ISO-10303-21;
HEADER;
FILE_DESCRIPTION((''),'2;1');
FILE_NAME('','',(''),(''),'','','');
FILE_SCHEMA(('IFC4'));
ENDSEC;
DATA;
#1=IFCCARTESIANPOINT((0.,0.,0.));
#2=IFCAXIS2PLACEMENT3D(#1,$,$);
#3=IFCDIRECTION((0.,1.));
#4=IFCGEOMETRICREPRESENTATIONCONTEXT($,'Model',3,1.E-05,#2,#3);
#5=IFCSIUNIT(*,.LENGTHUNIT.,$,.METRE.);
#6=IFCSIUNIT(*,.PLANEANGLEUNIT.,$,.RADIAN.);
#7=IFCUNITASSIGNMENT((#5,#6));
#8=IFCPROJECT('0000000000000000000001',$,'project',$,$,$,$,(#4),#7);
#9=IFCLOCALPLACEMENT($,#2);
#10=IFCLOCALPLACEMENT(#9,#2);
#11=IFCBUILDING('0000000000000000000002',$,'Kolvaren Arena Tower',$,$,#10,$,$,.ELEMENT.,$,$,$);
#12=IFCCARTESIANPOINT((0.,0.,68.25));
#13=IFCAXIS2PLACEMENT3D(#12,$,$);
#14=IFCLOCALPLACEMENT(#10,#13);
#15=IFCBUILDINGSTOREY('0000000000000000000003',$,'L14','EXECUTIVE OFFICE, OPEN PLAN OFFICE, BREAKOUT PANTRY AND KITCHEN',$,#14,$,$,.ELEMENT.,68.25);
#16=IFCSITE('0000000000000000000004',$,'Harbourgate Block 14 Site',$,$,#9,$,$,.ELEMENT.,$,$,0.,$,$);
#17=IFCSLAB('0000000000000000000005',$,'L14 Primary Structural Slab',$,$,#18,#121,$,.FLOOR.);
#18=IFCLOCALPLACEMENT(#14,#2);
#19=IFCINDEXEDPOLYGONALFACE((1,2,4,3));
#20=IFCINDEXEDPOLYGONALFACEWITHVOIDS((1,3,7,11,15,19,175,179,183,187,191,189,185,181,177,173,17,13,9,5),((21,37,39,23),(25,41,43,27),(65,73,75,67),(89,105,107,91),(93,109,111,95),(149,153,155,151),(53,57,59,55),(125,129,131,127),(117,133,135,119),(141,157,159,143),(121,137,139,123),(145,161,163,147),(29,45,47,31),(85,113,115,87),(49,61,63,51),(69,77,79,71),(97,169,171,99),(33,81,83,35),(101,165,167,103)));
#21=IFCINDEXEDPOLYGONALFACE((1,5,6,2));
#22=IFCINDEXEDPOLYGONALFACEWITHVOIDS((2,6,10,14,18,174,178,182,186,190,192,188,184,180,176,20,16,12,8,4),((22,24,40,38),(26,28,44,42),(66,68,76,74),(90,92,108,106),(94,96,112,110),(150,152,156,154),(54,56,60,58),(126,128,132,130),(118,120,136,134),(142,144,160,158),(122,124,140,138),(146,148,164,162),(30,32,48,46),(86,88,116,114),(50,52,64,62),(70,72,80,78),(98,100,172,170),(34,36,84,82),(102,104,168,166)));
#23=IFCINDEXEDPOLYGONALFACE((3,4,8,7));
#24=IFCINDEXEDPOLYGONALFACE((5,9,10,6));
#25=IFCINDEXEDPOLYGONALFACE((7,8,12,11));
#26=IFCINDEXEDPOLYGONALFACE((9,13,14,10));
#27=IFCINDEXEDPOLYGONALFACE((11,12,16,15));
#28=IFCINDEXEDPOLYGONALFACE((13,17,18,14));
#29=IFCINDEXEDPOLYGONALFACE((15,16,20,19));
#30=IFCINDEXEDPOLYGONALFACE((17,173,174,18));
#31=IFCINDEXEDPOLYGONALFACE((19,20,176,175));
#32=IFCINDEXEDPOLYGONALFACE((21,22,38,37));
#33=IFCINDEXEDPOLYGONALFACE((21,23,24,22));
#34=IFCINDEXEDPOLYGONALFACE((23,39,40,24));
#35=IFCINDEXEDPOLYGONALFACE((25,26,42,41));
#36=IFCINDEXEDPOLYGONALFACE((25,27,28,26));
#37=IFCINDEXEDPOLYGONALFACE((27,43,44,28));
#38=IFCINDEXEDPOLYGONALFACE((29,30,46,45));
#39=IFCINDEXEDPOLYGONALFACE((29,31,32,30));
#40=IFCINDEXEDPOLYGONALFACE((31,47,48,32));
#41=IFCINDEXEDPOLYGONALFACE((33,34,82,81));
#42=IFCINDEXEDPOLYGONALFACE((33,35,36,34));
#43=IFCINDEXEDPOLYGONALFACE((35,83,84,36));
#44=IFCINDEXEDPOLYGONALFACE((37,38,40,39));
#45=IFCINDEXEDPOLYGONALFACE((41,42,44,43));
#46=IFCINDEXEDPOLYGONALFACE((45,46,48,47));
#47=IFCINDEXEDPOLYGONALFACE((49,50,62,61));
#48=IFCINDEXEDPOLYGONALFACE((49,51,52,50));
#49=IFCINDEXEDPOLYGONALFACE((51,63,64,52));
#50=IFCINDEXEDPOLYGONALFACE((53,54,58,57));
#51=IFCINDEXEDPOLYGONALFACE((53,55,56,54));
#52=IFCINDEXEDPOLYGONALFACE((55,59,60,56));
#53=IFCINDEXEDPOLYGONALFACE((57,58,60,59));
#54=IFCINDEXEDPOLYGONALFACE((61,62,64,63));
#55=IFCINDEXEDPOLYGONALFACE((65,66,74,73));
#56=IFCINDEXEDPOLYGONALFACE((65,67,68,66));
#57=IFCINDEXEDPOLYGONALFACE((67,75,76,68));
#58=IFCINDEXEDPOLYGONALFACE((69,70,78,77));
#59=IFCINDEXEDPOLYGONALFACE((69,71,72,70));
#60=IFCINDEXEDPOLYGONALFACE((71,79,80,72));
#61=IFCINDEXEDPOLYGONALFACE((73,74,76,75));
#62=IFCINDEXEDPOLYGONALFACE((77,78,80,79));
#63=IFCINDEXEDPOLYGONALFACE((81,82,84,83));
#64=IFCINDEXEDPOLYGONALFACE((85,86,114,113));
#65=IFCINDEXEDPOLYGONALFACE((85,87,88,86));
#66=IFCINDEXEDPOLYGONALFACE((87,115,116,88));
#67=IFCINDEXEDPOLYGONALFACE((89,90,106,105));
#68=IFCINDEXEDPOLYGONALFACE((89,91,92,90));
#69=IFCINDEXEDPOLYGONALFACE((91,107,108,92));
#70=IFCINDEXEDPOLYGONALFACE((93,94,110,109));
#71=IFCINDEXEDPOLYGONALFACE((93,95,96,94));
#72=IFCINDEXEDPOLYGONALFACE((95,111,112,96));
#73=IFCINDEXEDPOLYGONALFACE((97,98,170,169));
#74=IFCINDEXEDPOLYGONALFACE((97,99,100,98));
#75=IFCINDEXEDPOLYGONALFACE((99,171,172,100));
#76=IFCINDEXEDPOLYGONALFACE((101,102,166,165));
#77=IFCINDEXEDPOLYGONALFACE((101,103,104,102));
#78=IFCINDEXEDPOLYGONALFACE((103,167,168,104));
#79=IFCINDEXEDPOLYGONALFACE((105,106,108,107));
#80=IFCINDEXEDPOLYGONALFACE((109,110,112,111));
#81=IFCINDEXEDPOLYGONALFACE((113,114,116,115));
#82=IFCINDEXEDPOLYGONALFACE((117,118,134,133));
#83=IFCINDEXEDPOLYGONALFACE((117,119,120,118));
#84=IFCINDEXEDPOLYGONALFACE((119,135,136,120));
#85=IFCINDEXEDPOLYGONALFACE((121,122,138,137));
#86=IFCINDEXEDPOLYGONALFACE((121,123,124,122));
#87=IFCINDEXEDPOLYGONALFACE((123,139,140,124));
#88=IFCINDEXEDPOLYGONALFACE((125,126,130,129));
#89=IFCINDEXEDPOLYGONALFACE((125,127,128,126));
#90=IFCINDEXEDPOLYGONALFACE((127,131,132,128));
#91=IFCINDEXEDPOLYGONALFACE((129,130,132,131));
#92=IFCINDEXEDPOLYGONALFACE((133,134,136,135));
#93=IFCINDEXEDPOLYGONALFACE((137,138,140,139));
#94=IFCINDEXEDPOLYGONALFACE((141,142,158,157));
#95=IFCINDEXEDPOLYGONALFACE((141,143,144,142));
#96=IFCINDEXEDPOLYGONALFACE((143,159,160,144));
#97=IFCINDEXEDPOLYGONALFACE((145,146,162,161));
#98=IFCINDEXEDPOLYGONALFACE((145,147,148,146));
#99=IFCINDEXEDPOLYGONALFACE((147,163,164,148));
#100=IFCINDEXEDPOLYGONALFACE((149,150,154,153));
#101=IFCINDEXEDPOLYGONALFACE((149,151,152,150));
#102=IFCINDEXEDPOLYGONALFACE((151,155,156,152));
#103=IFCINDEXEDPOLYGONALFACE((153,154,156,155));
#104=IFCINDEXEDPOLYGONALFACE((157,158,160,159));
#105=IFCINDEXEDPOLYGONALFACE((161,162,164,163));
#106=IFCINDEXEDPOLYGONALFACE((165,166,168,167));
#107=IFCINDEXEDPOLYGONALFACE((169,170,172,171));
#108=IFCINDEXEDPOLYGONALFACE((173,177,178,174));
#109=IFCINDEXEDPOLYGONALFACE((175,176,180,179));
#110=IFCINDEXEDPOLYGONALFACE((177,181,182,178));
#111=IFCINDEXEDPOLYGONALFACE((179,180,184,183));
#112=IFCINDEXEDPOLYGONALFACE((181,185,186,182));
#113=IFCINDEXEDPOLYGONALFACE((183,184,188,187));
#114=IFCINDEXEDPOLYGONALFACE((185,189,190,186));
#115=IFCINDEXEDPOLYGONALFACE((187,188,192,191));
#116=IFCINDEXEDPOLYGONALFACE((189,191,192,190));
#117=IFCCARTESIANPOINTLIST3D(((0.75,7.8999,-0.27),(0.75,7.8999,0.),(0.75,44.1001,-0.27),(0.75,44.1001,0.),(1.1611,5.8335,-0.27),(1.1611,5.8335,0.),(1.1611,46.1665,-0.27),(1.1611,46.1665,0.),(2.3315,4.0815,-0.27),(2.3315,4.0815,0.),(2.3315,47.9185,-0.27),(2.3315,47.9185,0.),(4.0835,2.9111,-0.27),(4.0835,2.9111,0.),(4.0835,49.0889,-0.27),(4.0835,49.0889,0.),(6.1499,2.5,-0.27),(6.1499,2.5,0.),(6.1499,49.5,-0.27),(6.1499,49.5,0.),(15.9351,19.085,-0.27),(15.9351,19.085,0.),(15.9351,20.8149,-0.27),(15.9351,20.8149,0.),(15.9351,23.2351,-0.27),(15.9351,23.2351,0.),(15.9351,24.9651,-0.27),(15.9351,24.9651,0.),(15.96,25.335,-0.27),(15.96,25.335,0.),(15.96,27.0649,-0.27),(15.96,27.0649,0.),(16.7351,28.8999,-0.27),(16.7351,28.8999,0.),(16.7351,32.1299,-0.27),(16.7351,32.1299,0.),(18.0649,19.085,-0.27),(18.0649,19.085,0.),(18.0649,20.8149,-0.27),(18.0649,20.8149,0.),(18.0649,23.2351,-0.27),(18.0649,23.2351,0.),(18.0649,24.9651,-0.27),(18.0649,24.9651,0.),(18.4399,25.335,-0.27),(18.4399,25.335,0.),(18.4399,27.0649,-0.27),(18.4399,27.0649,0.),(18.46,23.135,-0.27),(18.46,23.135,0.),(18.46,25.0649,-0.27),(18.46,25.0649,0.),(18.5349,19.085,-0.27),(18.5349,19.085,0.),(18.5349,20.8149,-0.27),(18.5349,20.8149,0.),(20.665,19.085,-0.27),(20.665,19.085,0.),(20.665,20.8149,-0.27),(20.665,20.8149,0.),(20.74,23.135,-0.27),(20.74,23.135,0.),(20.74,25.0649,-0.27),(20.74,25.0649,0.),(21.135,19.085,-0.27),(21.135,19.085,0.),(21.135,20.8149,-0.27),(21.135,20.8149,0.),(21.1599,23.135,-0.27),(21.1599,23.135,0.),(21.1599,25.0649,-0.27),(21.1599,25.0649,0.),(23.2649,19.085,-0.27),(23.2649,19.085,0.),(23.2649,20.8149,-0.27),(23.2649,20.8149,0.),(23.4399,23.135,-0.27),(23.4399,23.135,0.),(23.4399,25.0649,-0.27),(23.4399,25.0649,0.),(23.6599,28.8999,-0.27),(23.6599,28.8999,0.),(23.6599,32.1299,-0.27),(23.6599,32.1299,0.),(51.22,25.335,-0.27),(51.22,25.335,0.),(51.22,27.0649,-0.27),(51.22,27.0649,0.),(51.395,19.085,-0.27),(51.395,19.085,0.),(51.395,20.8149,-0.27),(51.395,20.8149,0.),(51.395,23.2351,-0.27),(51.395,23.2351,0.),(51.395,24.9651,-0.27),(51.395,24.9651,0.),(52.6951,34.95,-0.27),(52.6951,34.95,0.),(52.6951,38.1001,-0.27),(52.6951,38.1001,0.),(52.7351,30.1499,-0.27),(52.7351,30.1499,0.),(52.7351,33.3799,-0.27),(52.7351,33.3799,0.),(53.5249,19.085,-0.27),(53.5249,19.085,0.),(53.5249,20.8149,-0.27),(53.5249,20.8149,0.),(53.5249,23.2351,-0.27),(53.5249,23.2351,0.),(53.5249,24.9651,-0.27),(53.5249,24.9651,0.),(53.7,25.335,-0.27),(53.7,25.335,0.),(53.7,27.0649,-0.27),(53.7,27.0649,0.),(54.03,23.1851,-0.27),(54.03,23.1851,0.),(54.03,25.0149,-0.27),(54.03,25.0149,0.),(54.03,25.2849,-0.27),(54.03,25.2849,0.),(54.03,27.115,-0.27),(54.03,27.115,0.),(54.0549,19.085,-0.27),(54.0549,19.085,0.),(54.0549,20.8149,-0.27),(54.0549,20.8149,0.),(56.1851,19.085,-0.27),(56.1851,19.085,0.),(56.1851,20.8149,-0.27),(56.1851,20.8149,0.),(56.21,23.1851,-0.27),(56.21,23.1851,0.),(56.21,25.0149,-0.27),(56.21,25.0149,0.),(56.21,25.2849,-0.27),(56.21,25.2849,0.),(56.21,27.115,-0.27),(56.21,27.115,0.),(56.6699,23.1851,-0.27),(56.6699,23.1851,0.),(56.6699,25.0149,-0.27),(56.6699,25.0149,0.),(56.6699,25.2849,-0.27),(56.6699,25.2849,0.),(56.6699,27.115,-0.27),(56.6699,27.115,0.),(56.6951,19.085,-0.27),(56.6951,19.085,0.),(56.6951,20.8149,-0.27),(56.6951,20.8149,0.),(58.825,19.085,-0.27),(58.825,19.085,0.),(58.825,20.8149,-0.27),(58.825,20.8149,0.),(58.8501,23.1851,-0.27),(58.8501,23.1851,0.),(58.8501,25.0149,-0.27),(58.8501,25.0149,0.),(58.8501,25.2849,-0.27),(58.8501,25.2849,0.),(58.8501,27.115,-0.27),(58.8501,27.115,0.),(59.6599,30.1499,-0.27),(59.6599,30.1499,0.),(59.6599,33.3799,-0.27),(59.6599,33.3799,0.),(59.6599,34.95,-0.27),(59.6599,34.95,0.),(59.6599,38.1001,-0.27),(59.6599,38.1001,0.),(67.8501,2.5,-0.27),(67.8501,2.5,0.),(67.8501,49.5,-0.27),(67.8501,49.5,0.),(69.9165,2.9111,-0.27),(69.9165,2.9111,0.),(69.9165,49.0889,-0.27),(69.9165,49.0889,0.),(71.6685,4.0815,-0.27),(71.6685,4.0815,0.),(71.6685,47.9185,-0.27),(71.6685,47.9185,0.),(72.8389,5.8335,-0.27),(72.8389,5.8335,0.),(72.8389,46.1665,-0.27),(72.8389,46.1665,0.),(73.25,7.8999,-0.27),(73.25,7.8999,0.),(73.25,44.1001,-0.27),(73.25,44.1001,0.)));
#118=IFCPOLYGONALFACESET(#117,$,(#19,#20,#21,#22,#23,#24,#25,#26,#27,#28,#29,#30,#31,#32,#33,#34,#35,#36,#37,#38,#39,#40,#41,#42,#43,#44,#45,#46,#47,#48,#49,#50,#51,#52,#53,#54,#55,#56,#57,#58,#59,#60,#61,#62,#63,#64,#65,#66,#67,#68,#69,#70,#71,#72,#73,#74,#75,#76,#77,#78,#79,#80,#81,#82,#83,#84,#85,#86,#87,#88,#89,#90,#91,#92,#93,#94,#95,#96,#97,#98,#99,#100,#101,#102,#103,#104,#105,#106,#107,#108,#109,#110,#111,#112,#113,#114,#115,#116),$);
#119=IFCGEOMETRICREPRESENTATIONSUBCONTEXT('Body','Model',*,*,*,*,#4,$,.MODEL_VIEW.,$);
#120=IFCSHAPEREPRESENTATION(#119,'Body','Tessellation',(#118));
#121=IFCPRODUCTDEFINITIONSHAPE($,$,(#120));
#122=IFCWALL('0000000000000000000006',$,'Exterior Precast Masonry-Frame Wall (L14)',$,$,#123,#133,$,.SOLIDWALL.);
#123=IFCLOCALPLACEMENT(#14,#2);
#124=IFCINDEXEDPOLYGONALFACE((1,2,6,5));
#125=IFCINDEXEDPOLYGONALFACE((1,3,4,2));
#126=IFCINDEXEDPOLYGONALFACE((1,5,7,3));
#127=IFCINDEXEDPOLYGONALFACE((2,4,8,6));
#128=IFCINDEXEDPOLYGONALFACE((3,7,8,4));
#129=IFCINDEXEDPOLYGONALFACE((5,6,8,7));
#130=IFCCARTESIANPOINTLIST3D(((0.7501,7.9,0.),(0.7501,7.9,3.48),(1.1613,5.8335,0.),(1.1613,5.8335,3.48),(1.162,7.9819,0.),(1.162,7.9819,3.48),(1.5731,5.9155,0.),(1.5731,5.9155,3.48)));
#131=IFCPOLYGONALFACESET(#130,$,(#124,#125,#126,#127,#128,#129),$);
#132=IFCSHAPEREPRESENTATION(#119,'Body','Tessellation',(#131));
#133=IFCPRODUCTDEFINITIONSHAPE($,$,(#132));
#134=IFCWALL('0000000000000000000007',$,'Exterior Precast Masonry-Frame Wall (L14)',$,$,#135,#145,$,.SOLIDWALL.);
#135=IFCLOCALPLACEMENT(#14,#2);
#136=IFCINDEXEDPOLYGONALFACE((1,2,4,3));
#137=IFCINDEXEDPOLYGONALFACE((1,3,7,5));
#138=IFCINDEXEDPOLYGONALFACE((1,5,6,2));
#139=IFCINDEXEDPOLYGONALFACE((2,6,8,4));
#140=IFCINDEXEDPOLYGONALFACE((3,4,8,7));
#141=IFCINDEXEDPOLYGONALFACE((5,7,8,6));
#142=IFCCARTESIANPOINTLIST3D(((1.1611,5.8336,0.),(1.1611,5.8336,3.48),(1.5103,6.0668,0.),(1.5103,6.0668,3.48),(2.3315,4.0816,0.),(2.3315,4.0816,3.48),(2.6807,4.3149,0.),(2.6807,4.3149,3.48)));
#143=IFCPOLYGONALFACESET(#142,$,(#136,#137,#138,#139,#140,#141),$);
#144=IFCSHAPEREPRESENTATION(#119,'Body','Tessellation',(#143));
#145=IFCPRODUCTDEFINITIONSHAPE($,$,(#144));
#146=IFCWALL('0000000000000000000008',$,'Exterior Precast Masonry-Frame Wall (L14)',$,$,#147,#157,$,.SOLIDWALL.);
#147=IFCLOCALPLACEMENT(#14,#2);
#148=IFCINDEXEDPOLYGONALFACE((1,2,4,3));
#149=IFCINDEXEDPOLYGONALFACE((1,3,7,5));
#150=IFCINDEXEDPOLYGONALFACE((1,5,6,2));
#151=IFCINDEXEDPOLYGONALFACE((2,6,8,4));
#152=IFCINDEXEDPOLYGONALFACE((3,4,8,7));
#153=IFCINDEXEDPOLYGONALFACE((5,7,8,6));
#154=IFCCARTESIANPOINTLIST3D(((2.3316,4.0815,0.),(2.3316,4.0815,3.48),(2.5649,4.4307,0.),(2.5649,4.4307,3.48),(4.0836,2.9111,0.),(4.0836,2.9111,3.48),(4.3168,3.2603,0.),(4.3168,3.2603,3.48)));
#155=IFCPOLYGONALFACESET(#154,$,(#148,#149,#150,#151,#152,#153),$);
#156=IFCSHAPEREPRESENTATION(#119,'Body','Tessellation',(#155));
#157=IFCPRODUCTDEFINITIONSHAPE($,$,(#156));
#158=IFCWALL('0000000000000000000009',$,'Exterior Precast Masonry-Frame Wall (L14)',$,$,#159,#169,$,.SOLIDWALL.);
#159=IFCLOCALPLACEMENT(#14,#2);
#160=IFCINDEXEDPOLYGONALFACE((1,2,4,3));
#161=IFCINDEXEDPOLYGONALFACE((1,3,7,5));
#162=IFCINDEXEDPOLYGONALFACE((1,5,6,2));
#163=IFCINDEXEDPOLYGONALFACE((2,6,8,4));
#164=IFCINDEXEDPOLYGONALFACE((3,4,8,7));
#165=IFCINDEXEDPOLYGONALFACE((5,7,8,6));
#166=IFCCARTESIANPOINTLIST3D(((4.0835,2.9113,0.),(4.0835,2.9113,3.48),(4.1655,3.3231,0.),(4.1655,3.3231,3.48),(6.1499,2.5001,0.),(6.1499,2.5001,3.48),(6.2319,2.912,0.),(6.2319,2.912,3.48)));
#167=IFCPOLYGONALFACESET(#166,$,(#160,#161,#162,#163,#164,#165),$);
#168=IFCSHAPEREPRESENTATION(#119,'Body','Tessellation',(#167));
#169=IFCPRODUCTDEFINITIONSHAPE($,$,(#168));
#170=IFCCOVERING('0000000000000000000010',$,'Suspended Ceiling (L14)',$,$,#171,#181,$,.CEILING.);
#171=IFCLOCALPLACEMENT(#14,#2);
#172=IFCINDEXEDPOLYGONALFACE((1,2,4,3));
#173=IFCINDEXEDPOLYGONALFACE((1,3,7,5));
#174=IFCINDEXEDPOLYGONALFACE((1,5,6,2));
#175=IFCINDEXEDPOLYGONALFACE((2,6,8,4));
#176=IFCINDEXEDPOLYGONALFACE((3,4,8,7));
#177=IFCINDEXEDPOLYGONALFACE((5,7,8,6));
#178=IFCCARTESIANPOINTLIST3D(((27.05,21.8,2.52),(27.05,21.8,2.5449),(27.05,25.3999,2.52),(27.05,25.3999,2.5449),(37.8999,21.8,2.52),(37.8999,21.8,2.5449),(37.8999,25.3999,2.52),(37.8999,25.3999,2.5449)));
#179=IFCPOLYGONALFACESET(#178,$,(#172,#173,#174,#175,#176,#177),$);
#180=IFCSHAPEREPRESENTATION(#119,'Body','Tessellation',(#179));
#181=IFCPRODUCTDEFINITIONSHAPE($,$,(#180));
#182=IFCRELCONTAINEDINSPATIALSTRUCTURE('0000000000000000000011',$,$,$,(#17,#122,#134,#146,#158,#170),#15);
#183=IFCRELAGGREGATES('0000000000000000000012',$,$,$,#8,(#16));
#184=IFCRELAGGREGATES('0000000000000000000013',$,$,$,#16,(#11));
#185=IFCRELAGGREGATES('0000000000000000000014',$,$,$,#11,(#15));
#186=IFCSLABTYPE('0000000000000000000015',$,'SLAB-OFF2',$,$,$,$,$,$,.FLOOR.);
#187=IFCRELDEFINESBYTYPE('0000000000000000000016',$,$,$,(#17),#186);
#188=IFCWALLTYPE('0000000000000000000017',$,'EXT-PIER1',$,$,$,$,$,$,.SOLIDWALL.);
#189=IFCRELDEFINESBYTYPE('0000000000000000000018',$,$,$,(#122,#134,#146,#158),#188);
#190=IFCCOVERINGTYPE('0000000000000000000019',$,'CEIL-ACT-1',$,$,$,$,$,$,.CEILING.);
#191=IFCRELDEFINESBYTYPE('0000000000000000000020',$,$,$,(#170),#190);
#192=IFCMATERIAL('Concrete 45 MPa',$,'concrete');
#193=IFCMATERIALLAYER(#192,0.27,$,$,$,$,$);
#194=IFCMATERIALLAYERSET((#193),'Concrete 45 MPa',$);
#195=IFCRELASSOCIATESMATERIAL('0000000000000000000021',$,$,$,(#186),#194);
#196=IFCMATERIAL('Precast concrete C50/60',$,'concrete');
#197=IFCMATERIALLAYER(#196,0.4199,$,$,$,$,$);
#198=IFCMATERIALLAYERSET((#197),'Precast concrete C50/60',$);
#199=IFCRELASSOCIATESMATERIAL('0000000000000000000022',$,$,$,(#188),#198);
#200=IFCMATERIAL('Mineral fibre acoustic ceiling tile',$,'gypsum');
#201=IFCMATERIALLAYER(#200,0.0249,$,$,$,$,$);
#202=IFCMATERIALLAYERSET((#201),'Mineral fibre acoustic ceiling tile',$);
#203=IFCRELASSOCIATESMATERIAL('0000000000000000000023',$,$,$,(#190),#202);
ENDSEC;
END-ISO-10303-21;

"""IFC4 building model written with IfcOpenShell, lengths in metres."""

from ifc_helpers import new_model, si_unit, direction, frame, frame_2d, origin, place, context, subcontext, project, spatial, polyline, rectangle, outline, extrude, material, layer, layer_set, type_object, element, save


model = new_model("IFC4")

# Units and contexts
model_context = context("Model", 3, precision=1e-05, world=origin(), true_north=direction((0.0, 1.0)))
body_context = subcontext(model_context, "Body", "Model", "MODEL_VIEW")
ifc_project = project(units=[si_unit("LENGTHUNIT", "METRE"), si_unit("PLANEANGLEUNIT", "RADIAN")], contexts=[model_context])

# Site, building, storey
site_placement = place(None, origin())
site = spatial("IfcSite", under=ifc_project, at=site_placement, Name="Harbourgate Block 14 Site", CompositionType="ELEMENT", RefElevation=0.0)
building_placement = place(site_placement, origin())
building = spatial("IfcBuilding", under=site, at=building_placement, Name="Kolvaren Arena Tower", CompositionType="ELEMENT")
storey_placement = place(building_placement, frame((0.0, 0.0, 68.25)))
storey = spatial("IfcBuildingStorey", under=building, at=storey_placement, Name="L14", Description="EXECUTIVE OFFICE, OPEN PLAN OFFICE, BREAKOUT PANTRY AND KITCHEN", CompositionType="ELEMENT", Elevation=68.25)

# Shared definitions
ifc_material_1 = material(Name="Concrete 45 MPa", Category="concrete")

# Slab
ifc_layer_1 = layer(ifc_material_1, 0.27)
ifc_layer_set_1 = layer_set([ifc_layer_1], Name="Concrete 45 MPa")
slab_type_1 = type_object("IfcSlabType", Name="SLAB-OFF2", PredefinedType="FLOOR", material=ifc_layer_set_1)
slab_1_placement = place(storey_placement, frame((0.0, 0.0, -0.27)))
element("IfcSlab", 1, at=slab_1_placement, inside=storey, type_object=slab_type_1, Name="L14 Primary Structural Slab", PredefinedType="FLOOR", context=body_context, shape_type="SweptSolid", body=[
    extrude(outline(polyline([(67.8501, 2.5), (69.9165, 2.9111), (71.6685, 4.0815), (72.8389, 5.8335), (73.25, 7.8999), (73.25, 44.1001), (72.8389, 46.1665), (71.6685, 47.9185), (69.9165, 49.0889), (67.8501, 49.5), (6.1499, 49.5), (4.0835, 49.0889), (2.3315, 47.9185), (1.1611, 46.1665), (0.75, 44.1001), (0.75, 7.8999), (1.1611, 5.8335), (2.3315, 4.0815), (4.0835, 2.9111), (6.1499, 2.5), (67.8501, 2.5)]), holes=[polyline([(15.9351, 19.085), (15.9351, 20.8149), (18.0649, 20.8149), (18.0649, 19.085), (15.9351, 19.085)]), polyline([(18.5349, 19.085), (18.5349, 20.8149), (20.665, 20.8149), (20.665, 19.085), (18.5349, 19.085)]), polyline([(21.135, 19.085), (21.135, 20.8149), (23.2649, 20.8149), (23.2649, 19.085), (21.135, 19.085)]), polyline([(51.395, 19.085), (51.395, 20.8149), (53.5249, 20.8149), (53.5249, 19.085), (51.395, 19.085)]), polyline([(54.0549, 19.085), (54.0549, 20.8149), (56.1851, 20.8149), (56.1851, 19.085), (54.0549, 19.085)]), polyline([(56.6951, 19.085), (56.6951, 20.8149), (58.825, 20.8149), (58.825, 19.085), (56.6951, 19.085)]), polyline([(18.46, 23.135), (18.46, 25.0649), (20.74, 25.0649), (20.74, 23.135), (18.46, 23.135)]), polyline([(21.1599, 23.135), (21.1599, 25.0649), (23.4399, 25.0649), (23.4399, 23.135), (21.1599, 23.135)]), polyline([(54.03, 25.0149), (56.21, 25.0149), (56.21, 23.1851), (54.03, 23.1851), (54.03, 25.0149)]), polyline([(56.6699, 25.0149), (58.8501, 25.0149), (58.8501, 23.1851), (56.6699, 23.1851), (56.6699, 25.0149)]), polyline([(15.9351, 23.2351), (15.9351, 24.9651), (18.0649, 24.9651), (18.0649, 23.2351), (15.9351, 23.2351)]), polyline([(51.395, 24.9651), (53.5249, 24.9651), (53.5249, 23.2351), (51.395, 23.2351), (51.395, 24.9651)]), polyline([(54.03, 25.2849), (54.03, 27.115), (56.21, 27.115), (56.21, 25.2849), (54.03, 25.2849)]), polyline([(56.6699, 25.2849), (56.6699, 27.115), (58.8501, 27.115), (58.8501, 25.2849), (56.6699, 25.2849)]), polyline([(15.96, 27.0649), (18.4399, 27.0649), (18.4399, 25.335), (15.96, 25.335), (15.96, 27.0649)]), polyline([(51.22, 25.335), (51.22, 27.0649), (53.7, 27.0649), (53.7, 25.335), (51.22, 25.335)]), polyline([(16.7351, 28.8999), (16.7351, 32.1299), (23.6599, 32.1299), (23.6599, 28.8999), (16.7351, 28.8999)]), polyline([(52.7351, 33.3799), (59.6599, 33.3799), (59.6599, 30.1499), (52.7351, 30.1499), (52.7351, 33.3799)]), polyline([(52.6951, 38.1001), (59.6599, 38.1001), (59.6599, 34.95), (52.6951, 34.95), (52.6951, 38.1001)])]), origin(), (0.0, 0.0, 1.0), 0.27),
])

# Walls
ifc_material_2 = material(Name="Precast concrete C50/60", Category="concrete")
ifc_layer_2 = layer(ifc_material_2, 0.4199)
ifc_layer_set_2 = layer_set([ifc_layer_2], Name="Precast concrete C50/60")
wall_type = type_object("IfcWallType", Name="EXT-PIER1", PredefinedType="SOLIDWALL", material=ifc_layer_set_2)
for number, where, z_axis, x_axis, name in (
    (2, (1.3672, 5.8745, 0.0), (0.0, 0.0, 1.0), (-0.195136, 0.980776, 0.0), "Exterior Precast Masonry-Frame Wall (L14)"),
    (3, (2.5061, 4.1982, 0.0), (0.0, 0.0, 1.0), (-0.555502, 0.831515, 0.0), "Exterior Precast Masonry-Frame Wall (L14)"),
    (4, (4.2002, 3.0857, 0.0), (0.0, 0.0, 1.0), (-0.831515, 0.555502, 0.0), "Exterior Precast Masonry-Frame Wall (L14)"),
    (5, (6.1909, 2.7061, 0.0), (0.0, 0.0, 1.0), (-0.980776, 0.195136, 0.0), "Exterior Precast Masonry-Frame Wall (L14)"),
):
    element("IfcWall", number, at=place(storey_placement, frame(where, z_axis=z_axis, x_axis=x_axis)), inside=storey, type_object=wall_type, Name=name, PredefinedType="SOLIDWALL", context=body_context, shape_type="SweptSolid", body=[
        extrude(rectangle(XDim=2.1069, YDim=0.4199, at=frame_2d((1.0535, 0.0))), origin(), (0.0, 0.0, 1.0), 3.48),
    ])

# Covering
ifc_material_3 = material(Name="Mineral fibre acoustic ceiling tile", Category="gypsum")
ifc_layer_3 = layer(ifc_material_3, 0.0249)
ifc_layer_set_3 = layer_set([ifc_layer_3], Name="Mineral fibre acoustic ceiling tile")
covering_type_1 = type_object("IfcCoveringType", Name="CEIL-ACT-1", PredefinedType="CEILING", material=ifc_layer_set_3)
covering_1_placement = place(storey_placement, frame((0.0, 0.0, 2.52)))
element("IfcCovering", 6, at=covering_1_placement, inside=storey, type_object=covering_type_1, Name="Suspended Ceiling (L14)", PredefinedType="CEILING", context=body_context, shape_type="SweptSolid", body=[
    extrude(outline(polyline([(27.05, 21.8), (27.05, 25.3999), (37.8999, 25.3999), (37.8999, 21.8), (27.05, 21.8)])), origin(), (0.0, 0.0, 1.0), 0.0249),
])

save(model, "model.ifc")
